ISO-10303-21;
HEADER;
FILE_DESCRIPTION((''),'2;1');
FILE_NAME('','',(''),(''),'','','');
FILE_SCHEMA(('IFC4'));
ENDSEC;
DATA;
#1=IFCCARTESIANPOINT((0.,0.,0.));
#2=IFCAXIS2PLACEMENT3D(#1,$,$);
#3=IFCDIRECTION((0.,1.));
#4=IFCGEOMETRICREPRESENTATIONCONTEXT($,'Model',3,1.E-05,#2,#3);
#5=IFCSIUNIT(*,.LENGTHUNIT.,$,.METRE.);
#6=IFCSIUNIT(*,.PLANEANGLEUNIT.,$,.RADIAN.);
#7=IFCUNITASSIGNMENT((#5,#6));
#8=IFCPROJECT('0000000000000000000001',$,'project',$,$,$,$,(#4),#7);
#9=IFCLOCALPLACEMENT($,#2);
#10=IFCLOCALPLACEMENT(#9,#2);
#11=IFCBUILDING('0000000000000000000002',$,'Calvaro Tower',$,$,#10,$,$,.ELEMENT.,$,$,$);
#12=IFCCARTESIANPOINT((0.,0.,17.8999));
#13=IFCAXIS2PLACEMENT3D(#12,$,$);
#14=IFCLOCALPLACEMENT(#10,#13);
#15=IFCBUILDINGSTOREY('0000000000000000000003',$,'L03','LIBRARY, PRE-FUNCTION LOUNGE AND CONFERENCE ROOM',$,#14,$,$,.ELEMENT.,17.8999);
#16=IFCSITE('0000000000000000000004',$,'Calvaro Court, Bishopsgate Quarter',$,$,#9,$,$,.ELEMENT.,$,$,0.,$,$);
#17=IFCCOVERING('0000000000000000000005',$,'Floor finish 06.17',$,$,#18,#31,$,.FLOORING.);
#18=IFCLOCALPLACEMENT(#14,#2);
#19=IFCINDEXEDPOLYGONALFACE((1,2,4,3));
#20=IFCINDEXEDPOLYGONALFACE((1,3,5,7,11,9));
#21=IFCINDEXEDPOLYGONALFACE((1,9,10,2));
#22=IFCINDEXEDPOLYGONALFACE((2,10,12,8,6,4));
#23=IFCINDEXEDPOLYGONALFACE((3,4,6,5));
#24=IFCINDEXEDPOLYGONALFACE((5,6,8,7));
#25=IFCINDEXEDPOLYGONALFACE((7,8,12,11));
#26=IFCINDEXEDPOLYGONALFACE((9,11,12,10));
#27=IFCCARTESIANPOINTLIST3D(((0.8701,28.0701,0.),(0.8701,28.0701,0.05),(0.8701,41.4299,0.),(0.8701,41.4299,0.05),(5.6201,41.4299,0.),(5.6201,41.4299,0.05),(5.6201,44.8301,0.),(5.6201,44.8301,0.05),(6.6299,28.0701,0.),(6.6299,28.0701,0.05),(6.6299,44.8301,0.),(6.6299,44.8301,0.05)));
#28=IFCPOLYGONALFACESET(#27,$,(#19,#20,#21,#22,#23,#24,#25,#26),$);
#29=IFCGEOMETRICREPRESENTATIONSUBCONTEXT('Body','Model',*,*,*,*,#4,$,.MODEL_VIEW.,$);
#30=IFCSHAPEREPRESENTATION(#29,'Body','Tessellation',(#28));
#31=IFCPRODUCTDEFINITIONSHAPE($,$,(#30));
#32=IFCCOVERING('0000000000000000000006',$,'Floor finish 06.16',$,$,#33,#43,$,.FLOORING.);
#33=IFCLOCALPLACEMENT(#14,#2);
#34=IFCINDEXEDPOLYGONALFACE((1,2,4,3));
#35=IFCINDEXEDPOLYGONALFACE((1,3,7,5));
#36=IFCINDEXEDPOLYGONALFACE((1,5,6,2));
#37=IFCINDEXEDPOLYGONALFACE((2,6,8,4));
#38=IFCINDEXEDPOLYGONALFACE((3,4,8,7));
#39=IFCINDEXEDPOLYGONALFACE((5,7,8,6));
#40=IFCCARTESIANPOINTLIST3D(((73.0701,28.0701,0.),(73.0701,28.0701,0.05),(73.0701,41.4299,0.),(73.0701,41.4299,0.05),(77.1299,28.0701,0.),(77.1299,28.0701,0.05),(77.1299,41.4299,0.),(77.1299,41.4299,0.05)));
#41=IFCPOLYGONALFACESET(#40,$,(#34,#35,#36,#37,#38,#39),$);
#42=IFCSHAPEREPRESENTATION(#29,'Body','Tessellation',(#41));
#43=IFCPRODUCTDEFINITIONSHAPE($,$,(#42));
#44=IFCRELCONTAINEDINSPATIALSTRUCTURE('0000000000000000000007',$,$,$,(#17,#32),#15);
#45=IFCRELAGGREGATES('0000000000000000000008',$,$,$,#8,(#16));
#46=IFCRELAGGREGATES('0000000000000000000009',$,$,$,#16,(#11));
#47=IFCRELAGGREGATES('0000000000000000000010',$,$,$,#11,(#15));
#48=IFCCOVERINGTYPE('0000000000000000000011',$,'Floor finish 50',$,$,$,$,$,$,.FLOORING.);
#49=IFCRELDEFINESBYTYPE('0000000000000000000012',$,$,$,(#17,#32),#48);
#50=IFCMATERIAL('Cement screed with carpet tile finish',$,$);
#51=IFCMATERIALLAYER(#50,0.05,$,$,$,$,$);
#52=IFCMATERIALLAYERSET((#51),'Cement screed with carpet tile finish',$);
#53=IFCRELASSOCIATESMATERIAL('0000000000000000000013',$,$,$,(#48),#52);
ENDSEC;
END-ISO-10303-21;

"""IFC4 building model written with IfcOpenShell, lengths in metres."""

from ifc_helpers import new_model, si_unit, direction, frame, origin, place, context, subcontext, project, spatial, polyline, outline, extrude, material, layer, layer_set, type_object, element, save


model = new_model("IFC4")

# Units and contexts
model_context = context("Model", 3, precision=1e-05, world=origin(), true_north=direction((0.0, 1.0)))
body_context = subcontext(model_context, "Body", "Model", "MODEL_VIEW")
ifc_project = project(units=[si_unit("LENGTHUNIT", "METRE"), si_unit("PLANEANGLEUNIT", "RADIAN")], contexts=[model_context])

# Site, building, storey
site_placement = place(None, origin())
site = spatial("IfcSite", under=ifc_project, at=site_placement, Name="Calvaro Court, Bishopsgate Quarter", CompositionType="ELEMENT", RefElevation=0.0)
building_placement = place(site_placement, origin())
building = spatial("IfcBuilding", under=site, at=building_placement, Name="Calvaro Tower", CompositionType="ELEMENT")
storey_placement = place(building_placement, frame((0.0, 0.0, 17.8999)))
storey = spatial("IfcBuildingStorey", under=building, at=storey_placement, Name="L03", Description="LIBRARY, PRE-FUNCTION LOUNGE AND CONFERENCE ROOM", CompositionType="ELEMENT", Elevation=17.8999)

# Coverings
ifc_material_1 = material(Name="Cement screed with carpet tile finish")
ifc_layer_1 = layer(ifc_material_1, 0.05)
ifc_layer_set_1 = layer_set([ifc_layer_1], Name="Cement screed with carpet tile finish")
covering_type = type_object("IfcCoveringType", Name="Floor finish 50", PredefinedType="FLOORING", material=ifc_layer_set_1)
covering_1_placement = place(storey_placement, origin())
element("IfcCovering", 1, at=covering_1_placement, inside=storey, type_object=covering_type, Name="Floor finish 06.17", PredefinedType="FLOORING", context=body_context, shape_type="SweptSolid", body=[
    extrude(outline(polyline([(6.6299, 28.0701), (0.8701, 28.0701), (0.8701, 41.4299), (5.6201, 41.4299), (5.6201, 44.8301), (6.6299, 44.8301), (6.6299, 28.0701)])), origin(), (0.0, 0.0, 1.0), 0.05),
])
covering_2_placement = place(storey_placement, origin())
element("IfcCovering", 2, at=covering_2_placement, inside=storey, type_object=covering_type, Name="Floor finish 06.16", PredefinedType="FLOORING", context=body_context, shape_type="SweptSolid", body=[
    extrude(outline(polyline([(77.1299, 28.0701), (73.0701, 28.0701), (73.0701, 41.4299), (77.1299, 41.4299), (77.1299, 28.0701)])), origin(), (0.0, 0.0, 1.0), 0.05),
])

save(model, "model.ifc")
